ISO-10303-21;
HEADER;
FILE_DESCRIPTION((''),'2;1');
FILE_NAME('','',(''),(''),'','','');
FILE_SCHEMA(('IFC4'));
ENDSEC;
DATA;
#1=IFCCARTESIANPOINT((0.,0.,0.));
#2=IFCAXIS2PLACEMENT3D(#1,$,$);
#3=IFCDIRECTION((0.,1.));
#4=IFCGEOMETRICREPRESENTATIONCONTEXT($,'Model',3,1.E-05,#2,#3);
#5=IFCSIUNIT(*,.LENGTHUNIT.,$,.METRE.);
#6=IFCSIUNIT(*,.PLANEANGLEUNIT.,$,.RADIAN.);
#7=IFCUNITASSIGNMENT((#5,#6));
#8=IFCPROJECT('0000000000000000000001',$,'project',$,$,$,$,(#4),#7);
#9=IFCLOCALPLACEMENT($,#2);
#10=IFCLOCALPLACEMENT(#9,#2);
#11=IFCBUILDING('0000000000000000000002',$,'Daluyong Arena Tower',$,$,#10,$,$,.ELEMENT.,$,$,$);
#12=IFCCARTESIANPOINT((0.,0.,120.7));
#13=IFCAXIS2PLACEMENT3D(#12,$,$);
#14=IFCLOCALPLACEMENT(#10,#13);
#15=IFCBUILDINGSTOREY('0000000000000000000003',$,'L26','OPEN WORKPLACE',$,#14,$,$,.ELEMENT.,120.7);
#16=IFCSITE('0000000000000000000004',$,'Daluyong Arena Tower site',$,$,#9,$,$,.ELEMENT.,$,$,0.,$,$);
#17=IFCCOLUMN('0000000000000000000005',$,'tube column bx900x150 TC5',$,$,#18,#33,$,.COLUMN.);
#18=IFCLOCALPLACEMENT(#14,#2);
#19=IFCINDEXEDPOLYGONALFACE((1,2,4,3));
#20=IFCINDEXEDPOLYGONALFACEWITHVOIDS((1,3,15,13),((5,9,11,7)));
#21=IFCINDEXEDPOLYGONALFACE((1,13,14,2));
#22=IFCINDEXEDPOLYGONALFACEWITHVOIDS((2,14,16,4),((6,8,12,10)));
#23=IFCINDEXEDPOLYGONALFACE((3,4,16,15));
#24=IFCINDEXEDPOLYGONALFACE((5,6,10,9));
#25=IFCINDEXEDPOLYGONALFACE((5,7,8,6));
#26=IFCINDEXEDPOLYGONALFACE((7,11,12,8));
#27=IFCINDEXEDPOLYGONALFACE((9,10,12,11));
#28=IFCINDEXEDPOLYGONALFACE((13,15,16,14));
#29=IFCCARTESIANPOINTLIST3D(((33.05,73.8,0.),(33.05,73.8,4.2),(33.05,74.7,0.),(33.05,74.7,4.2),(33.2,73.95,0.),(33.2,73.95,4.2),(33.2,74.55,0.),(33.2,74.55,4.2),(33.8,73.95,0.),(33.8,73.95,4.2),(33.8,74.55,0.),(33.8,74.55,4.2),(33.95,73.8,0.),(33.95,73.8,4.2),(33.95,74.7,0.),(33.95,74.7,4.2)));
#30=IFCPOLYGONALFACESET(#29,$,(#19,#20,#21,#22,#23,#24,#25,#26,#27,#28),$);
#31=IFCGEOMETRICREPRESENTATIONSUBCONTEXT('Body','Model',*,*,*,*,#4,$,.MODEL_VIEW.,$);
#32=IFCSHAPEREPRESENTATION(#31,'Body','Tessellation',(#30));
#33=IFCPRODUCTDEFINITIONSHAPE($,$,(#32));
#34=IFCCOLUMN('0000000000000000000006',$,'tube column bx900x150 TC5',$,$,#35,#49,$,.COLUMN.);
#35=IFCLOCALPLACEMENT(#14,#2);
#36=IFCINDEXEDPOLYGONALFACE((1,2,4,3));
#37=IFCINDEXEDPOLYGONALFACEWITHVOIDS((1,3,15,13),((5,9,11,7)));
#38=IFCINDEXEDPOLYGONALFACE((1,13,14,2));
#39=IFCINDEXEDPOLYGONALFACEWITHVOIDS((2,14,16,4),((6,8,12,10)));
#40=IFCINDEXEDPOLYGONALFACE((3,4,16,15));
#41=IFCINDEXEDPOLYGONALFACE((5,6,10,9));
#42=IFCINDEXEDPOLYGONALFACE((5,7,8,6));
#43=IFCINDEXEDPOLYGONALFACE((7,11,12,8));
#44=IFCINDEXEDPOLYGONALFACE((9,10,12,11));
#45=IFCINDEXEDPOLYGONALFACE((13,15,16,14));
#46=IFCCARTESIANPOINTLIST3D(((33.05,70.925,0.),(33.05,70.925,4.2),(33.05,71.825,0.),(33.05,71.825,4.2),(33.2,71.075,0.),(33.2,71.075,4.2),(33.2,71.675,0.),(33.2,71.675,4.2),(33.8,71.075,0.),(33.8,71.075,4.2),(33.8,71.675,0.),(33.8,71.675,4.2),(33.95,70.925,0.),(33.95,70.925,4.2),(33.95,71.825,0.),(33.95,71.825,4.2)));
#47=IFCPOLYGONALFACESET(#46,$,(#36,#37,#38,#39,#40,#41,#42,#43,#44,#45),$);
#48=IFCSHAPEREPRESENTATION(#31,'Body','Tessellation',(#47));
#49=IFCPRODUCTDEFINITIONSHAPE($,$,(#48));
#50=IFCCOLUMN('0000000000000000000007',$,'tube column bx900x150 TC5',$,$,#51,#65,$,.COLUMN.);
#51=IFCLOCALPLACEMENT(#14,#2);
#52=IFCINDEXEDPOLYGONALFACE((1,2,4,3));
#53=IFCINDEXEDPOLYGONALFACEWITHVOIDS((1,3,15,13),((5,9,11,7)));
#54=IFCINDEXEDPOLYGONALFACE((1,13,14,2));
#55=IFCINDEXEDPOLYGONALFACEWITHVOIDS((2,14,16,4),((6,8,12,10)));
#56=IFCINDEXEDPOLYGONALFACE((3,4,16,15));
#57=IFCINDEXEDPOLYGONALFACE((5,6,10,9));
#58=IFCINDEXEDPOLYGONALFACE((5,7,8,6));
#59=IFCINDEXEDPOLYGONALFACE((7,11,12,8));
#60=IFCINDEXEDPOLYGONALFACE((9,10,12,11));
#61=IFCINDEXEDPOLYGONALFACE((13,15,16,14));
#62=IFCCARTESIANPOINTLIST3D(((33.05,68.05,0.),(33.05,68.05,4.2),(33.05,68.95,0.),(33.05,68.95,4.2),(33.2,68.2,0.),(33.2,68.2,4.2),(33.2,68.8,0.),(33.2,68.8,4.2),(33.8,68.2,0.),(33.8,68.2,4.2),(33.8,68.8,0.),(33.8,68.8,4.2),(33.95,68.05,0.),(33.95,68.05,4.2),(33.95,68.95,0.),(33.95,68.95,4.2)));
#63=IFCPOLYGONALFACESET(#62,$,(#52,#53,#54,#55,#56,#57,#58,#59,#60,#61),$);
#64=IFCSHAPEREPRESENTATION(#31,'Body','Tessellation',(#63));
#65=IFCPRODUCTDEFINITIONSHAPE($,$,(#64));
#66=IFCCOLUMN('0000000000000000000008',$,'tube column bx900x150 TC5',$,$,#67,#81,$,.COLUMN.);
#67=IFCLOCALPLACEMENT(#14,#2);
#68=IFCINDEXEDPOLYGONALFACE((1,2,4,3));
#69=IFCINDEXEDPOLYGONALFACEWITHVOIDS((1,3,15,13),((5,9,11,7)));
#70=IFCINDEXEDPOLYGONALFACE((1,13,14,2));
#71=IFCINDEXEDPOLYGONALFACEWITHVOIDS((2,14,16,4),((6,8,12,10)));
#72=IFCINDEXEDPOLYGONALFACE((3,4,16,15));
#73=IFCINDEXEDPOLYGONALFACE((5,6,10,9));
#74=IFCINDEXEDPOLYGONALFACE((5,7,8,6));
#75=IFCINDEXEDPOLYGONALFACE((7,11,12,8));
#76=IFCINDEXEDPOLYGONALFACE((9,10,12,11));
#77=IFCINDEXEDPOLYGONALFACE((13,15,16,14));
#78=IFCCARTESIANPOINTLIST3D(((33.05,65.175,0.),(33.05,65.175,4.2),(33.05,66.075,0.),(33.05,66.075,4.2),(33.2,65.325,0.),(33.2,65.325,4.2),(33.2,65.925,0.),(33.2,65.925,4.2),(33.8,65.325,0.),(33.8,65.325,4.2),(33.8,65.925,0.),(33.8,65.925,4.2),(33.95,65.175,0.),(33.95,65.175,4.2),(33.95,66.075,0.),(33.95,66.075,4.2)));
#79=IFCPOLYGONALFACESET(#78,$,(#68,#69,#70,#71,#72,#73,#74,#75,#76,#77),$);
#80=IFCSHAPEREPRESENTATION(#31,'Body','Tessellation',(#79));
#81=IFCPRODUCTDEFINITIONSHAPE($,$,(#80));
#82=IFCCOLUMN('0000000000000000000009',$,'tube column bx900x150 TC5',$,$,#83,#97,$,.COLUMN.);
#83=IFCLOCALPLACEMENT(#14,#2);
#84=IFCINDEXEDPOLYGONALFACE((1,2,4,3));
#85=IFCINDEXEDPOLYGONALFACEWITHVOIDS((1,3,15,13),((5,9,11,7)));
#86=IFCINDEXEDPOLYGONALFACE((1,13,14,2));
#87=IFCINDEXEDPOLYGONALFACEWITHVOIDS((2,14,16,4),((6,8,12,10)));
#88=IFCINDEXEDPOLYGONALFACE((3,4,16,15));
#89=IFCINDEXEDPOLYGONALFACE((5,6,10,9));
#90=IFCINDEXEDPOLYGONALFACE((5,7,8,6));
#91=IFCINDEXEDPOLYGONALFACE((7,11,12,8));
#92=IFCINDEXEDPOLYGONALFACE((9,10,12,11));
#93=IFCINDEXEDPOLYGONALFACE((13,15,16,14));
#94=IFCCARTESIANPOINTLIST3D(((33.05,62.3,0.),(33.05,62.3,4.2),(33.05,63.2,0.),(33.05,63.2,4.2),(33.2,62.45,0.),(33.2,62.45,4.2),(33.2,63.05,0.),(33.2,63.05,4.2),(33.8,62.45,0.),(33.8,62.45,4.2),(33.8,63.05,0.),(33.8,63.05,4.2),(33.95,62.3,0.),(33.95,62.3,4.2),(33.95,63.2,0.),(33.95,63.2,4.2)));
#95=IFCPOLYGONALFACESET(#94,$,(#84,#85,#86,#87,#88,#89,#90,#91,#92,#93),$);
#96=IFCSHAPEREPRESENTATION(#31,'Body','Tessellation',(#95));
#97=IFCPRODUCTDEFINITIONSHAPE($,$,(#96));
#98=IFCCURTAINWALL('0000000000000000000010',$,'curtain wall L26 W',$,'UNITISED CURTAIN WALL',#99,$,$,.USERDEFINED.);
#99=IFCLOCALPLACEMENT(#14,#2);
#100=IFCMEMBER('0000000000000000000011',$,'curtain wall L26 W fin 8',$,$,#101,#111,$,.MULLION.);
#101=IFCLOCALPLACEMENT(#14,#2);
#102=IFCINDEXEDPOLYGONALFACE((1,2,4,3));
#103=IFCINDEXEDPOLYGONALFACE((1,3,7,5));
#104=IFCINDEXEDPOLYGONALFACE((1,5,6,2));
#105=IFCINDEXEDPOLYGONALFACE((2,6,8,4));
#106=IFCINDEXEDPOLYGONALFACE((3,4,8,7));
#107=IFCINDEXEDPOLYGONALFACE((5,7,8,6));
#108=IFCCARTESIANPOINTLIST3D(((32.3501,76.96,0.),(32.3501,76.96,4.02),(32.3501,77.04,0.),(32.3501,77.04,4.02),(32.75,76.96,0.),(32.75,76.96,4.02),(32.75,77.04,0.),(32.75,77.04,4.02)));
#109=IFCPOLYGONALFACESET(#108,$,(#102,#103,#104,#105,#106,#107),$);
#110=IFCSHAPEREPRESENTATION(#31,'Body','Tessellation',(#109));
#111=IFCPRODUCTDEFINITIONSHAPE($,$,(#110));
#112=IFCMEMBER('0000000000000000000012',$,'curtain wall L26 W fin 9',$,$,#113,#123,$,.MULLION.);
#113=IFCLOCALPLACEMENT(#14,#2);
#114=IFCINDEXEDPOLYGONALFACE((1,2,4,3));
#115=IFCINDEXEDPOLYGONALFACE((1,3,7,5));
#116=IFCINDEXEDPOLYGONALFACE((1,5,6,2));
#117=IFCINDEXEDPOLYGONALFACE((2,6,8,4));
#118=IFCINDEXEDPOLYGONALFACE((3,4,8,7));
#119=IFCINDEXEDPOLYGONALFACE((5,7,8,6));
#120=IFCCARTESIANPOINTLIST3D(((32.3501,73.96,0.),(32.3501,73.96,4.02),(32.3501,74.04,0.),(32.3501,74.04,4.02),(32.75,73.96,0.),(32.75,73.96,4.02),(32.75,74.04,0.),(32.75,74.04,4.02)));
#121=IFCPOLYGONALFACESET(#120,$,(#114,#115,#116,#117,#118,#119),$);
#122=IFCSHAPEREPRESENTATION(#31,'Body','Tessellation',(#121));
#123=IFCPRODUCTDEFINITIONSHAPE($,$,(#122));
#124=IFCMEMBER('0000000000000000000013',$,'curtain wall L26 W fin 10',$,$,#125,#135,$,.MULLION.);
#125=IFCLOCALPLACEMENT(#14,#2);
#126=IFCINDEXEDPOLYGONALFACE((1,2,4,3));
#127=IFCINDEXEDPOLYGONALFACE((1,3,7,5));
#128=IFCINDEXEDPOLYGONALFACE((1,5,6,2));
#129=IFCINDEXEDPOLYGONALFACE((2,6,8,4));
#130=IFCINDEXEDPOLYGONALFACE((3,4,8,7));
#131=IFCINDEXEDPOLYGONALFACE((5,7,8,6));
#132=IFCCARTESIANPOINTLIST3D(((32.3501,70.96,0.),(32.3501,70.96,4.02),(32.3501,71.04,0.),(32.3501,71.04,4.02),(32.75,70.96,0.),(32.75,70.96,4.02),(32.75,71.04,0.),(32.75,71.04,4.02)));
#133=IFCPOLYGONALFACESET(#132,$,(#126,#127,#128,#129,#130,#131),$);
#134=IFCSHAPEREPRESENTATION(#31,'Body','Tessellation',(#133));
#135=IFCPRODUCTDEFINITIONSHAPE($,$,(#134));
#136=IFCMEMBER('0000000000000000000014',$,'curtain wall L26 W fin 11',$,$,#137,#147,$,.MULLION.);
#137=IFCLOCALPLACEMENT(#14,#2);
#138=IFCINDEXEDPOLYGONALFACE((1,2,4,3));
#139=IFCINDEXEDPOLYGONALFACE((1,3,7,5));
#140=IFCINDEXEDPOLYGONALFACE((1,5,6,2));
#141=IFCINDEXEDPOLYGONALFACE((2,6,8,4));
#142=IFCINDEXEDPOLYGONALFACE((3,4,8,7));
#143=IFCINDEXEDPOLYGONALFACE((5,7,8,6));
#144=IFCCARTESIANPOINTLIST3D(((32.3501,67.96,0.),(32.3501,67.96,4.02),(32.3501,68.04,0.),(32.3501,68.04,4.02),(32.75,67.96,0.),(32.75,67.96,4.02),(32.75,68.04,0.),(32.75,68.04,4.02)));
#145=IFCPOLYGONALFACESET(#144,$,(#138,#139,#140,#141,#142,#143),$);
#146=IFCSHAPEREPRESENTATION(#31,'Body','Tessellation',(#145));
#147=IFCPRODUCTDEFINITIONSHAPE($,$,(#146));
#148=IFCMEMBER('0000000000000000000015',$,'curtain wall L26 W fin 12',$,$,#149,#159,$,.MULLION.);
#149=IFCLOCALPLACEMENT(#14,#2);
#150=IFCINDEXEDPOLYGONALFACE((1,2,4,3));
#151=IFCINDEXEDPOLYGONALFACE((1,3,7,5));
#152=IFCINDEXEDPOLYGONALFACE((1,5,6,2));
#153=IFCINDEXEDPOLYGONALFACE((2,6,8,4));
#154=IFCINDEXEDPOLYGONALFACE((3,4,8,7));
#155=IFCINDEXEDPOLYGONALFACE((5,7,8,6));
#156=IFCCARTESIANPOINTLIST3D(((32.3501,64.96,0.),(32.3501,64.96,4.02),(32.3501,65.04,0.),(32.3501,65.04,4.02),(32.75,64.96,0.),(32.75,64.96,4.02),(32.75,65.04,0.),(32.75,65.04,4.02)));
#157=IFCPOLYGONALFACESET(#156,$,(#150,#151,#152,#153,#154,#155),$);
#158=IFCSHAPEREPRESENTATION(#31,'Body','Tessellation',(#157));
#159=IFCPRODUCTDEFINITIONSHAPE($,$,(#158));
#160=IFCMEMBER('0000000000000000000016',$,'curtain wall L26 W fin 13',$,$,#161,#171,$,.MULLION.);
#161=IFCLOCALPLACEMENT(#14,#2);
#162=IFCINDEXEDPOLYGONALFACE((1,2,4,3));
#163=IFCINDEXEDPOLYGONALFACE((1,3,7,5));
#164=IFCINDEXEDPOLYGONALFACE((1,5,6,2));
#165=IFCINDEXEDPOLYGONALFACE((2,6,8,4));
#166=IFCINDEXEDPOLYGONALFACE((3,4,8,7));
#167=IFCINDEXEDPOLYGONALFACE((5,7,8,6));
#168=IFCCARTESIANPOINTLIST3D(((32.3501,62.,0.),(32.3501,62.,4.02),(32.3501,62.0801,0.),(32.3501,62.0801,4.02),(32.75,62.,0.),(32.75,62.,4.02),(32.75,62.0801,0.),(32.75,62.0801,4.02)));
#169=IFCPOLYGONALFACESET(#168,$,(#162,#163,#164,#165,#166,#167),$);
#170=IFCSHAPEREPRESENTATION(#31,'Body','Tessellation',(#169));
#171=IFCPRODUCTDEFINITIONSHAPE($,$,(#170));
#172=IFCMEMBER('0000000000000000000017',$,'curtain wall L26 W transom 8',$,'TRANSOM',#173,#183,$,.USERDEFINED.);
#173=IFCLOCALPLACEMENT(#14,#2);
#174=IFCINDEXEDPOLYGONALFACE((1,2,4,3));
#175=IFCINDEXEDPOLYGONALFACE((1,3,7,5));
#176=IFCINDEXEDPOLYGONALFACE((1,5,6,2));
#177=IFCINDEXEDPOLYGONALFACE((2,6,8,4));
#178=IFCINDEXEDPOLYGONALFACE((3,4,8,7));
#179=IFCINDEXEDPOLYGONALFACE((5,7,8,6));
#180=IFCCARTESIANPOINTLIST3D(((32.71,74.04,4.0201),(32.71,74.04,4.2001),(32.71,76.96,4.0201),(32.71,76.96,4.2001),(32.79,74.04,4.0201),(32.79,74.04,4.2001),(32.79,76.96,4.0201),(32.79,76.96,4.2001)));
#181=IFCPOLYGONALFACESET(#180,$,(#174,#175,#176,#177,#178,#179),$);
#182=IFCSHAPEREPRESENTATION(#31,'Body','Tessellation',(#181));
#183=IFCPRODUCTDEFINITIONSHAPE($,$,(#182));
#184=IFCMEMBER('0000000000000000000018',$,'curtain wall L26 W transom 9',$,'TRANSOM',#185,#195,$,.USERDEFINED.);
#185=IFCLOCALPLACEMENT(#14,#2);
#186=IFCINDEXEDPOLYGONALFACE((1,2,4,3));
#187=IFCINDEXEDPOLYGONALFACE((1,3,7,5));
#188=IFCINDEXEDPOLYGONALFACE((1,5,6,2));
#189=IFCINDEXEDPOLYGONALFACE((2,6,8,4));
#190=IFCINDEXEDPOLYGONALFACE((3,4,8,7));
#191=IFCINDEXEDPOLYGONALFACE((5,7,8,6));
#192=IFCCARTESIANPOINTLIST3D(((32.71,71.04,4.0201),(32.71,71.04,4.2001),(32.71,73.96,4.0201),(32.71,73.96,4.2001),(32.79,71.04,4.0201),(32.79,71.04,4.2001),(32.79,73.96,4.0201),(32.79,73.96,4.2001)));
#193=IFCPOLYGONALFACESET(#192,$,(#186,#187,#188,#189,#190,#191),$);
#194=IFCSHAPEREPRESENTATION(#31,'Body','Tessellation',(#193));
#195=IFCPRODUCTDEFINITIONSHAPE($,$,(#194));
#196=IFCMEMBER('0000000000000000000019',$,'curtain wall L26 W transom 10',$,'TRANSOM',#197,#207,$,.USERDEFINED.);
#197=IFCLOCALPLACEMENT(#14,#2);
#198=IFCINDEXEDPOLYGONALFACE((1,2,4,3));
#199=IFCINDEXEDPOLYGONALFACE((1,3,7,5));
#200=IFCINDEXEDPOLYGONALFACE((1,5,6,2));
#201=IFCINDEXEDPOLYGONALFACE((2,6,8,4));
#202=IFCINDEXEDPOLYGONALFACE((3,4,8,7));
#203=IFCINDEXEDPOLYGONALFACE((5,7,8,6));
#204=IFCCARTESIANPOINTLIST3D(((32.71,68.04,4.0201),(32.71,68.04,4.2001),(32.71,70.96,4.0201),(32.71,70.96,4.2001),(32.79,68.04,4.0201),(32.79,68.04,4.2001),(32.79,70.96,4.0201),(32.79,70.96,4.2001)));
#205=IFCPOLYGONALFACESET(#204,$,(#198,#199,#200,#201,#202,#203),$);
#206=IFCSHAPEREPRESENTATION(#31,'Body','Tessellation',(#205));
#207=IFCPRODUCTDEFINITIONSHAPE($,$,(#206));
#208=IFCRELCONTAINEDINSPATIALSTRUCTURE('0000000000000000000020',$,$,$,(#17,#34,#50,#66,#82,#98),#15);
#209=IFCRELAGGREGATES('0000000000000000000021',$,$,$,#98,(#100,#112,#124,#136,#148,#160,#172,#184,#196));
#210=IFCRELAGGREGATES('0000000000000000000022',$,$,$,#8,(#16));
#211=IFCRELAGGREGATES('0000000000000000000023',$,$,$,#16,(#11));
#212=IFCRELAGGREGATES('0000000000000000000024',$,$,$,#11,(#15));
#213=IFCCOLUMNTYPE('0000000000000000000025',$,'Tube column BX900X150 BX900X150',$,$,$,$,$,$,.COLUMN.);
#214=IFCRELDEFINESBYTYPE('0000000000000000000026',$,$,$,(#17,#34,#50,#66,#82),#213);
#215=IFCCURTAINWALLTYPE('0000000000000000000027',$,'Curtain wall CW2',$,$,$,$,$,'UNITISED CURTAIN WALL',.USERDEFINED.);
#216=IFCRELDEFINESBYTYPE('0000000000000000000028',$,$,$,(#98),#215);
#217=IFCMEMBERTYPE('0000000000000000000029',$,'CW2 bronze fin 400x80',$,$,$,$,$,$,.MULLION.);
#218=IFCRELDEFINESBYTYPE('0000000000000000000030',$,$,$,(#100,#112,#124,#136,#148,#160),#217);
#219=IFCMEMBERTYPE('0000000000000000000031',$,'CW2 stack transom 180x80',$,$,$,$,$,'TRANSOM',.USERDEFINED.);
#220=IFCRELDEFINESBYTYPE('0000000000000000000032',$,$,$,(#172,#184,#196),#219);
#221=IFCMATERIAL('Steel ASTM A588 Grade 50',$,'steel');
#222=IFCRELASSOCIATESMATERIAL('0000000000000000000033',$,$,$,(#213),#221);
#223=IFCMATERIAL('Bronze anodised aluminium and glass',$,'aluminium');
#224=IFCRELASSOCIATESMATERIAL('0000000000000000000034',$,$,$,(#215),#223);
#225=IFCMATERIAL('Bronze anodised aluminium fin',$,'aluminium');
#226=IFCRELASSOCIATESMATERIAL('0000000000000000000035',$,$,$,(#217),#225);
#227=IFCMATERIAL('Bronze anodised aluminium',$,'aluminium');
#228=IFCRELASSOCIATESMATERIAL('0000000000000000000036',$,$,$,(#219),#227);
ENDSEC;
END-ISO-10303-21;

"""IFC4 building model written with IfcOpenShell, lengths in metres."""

from ifc_helpers import new_model, si_unit, direction, frame, origin, origin_2d, place, context, subcontext, project, spatial, rectangle, hollow_rectangle, extrude, material, material_profile, profile_set, type_object, element, aggregate, save


model = new_model("IFC4")

# Units and contexts
model_context = context("Model", 3, precision=1e-05, world=origin(), true_north=direction((0.0, 1.0)))
body_context = subcontext(model_context, "Body", "Model", "MODEL_VIEW")
ifc_project = project(units=[si_unit("LENGTHUNIT", "METRE"), si_unit("PLANEANGLEUNIT", "RADIAN")], contexts=[model_context])

# Site, building, storey
site_placement = place(None, origin())
site = spatial("IfcSite", under=ifc_project, at=site_placement, Name="Daluyong Arena Tower site", CompositionType="ELEMENT", RefElevation=0.0)
building_placement = place(site_placement, origin())
building = spatial("IfcBuilding", under=site, at=building_placement, Name="Daluyong Arena Tower", CompositionType="ELEMENT")
storey_placement = place(building_placement, frame((0.0, 0.0, 120.7)))
storey = spatial("IfcBuildingStorey", under=building, at=storey_placement, Name="L26", Description="OPEN WORKPLACE", CompositionType="ELEMENT", Elevation=120.7)

# Columns
ifc_material_1 = material(Name="Steel ASTM A588 Grade 50", Category="steel")
ifc_material_profile_1 = material_profile(ifc_material_1, hollow_rectangle(XDim=0.8999, YDim=0.8999, WallThickness=0.15, at=origin_2d()))
ifc_profile_set_1 = profile_set([ifc_material_profile_1], Name="Steel ASTM A588 Grade 50")
column_type = type_object("IfcColumnType", Name="Tube column BX900X150 BX900X150", PredefinedType="COLUMN", material=ifc_profile_set_1)
for number, where, z_axis, x_axis, name in (
    (1, (33.5, 74.25, 0.0), (0.0, 0.0, 1.0), (0.0, 1.0, 0.0), "tube column bx900x150 TC5"),
    (2, (33.5, 71.375, 0.0), (0.0, 0.0, 1.0), (0.0, 1.0, 0.0), "tube column bx900x150 TC5"),
    (3, (33.5, 68.5, 0.0), (0.0, 0.0, 1.0), (0.0, 1.0, 0.0), "tube column bx900x150 TC5"),
    (4, (33.5, 65.625, 0.0), (0.0, 0.0, 1.0), (0.0, 1.0, 0.0), "tube column bx900x150 TC5"),
    (5, (33.5, 62.75, 0.0), (0.0, 0.0, 1.0), (1.0, 0.0, 0.0), "tube column bx900x150 TC5"),
):
    element("IfcColumn", number, at=place(storey_placement, frame(where, z_axis=z_axis, x_axis=x_axis)), inside=storey, type_object=column_type, Name=name, PredefinedType="COLUMN", context=body_context, shape_type="SweptSolid", body=[
        extrude(hollow_rectangle(XDim=0.8999, YDim=0.8999, WallThickness=0.15, at=origin_2d()), origin(), (0.0, 0.0, 1.0), 4.2),
    ])

# Curtain wall, members
ifc_material_2 = material(Name="Bronze anodised aluminium and glass", Category="aluminium")
curtain_wall_type_1 = type_object("IfcCurtainWallType", Name="Curtain wall CW2", ElementType="UNITISED CURTAIN WALL", PredefinedType="USERDEFINED", material=ifc_material_2)
curtain_wall_1_placement = place(storey_placement, origin())
curtain_wall_1 = element("IfcCurtainWall", 6, at=curtain_wall_1_placement, inside=storey, type_object=curtain_wall_type_1, Name="curtain wall L26 W", ObjectType="UNITISED CURTAIN WALL", PredefinedType="USERDEFINED")
ifc_material_3 = material(Name="Bronze anodised aluminium fin", Category="aluminium")
ifc_material_profile_2 = material_profile(ifc_material_3, rectangle(XDim=0.3999, YDim=0.0801, at=origin_2d()))
ifc_profile_set_2 = profile_set([ifc_material_profile_2], Name="Bronze anodised aluminium fin")
member_type_1 = type_object("IfcMemberType", Name="CW2 bronze fin 400x80", PredefinedType="MULLION", material=ifc_profile_set_2)
member_1_placement = place(storey_placement, frame((32.55, 77.0, 0.0), z_axis=(0.0, 0.0, 1.0), x_axis=(1.0, 0.0, 0.0)))
member_1 = element("IfcMember", 7, at=member_1_placement, type_object=member_type_1, Name="curtain wall L26 W fin 8", PredefinedType="MULLION", context=body_context, shape_type="SweptSolid", body=[
    extrude(rectangle(XDim=0.3999, YDim=0.0801, at=origin_2d()), origin(), (0.0, 0.0, 1.0), 4.02),
])
member_2_placement = place(storey_placement, frame((32.55, 74.0, 0.0), z_axis=(0.0, 0.0, 1.0), x_axis=(1.0, 0.0, 0.0)))
member_2 = element("IfcMember", 8, at=member_2_placement, type_object=member_type_1, Name="curtain wall L26 W fin 9", PredefinedType="MULLION", context=body_context, shape_type="SweptSolid", body=[
    extrude(rectangle(XDim=0.3999, YDim=0.0801, at=origin_2d()), origin(), (0.0, 0.0, 1.0), 4.02),
])
member_3_placement = place(storey_placement, frame((32.55, 71.0, 0.0), z_axis=(0.0, 0.0, 1.0), x_axis=(1.0, 0.0, 0.0)))
member_3 = element("IfcMember", 9, at=member_3_placement, type_object=member_type_1, Name="curtain wall L26 W fin 10", PredefinedType="MULLION", context=body_context, shape_type="SweptSolid", body=[
    extrude(rectangle(XDim=0.3999, YDim=0.0801, at=origin_2d()), origin(), (0.0, 0.0, 1.0), 4.02),
])
member_4_placement = place(storey_placement, frame((32.55, 68.0, 0.0), z_axis=(0.0, 0.0, 1.0), x_axis=(1.0, 0.0, 0.0)))
member_4 = element("IfcMember", 10, at=member_4_placement, type_object=member_type_1, Name="curtain wall L26 W fin 11", PredefinedType="MULLION", context=body_context, shape_type="SweptSolid", body=[
    extrude(rectangle(XDim=0.3999, YDim=0.0801, at=origin_2d()), origin(), (0.0, 0.0, 1.0), 4.02),
])
member_5_placement = place(storey_placement, frame((32.55, 65.0, 0.0), z_axis=(0.0, 0.0, 1.0), x_axis=(1.0, 0.0, 0.0)))
member_5 = element("IfcMember", 11, at=member_5_placement, type_object=member_type_1, Name="curtain wall L26 W fin 12", PredefinedType="MULLION", context=body_context, shape_type="SweptSolid", body=[
    extrude(rectangle(XDim=0.3999, YDim=0.0801, at=origin_2d()), origin(), (0.0, 0.0, 1.0), 4.02),
])
member_6_placement = place(storey_placement, frame((32.55, 62.04, 0.0), z_axis=(0.0, 0.0, 1.0), x_axis=(1.0, 0.0, 0.0)))
member_6 = element("IfcMember", 12, at=member_6_placement, type_object=member_type_1, Name="curtain wall L26 W fin 13", PredefinedType="MULLION", context=body_context, shape_type="SweptSolid", body=[
    extrude(rectangle(XDim=0.3999, YDim=0.0801, at=origin_2d()), origin(), (0.0, 0.0, 1.0), 4.02),
])
ifc_material_4 = material(Name="Bronze anodised aluminium", Category="aluminium")
ifc_material_profile_3 = material_profile(ifc_material_4, rectangle(XDim=0.0801, YDim=0.1799, at=origin_2d()))
ifc_profile_set_3 = profile_set([ifc_material_profile_3], Name="Bronze anodised aluminium")
member_type_2 = type_object("IfcMemberType", Name="CW2 stack transom 180x80", ElementType="TRANSOM", PredefinedType="USERDEFINED", material=ifc_profile_set_3)
member_7_placement = place(storey_placement, frame((32.75, 76.96, 4.1101), z_axis=(0.0, -1.0, 0.0), x_axis=(1.0, 0.0, 0.0)))
member_7 = element("IfcMember", 13, at=member_7_placement, type_object=member_type_2, Name="curtain wall L26 W transom 8", ObjectType="TRANSOM", PredefinedType="USERDEFINED", context=body_context, shape_type="SweptSolid", body=[
    extrude(rectangle(XDim=0.0801, YDim=0.1799, at=origin_2d()), origin(), (0.0, 0.0, 1.0), 2.9199),
])
member_8_placement = place(storey_placement, frame((32.75, 73.96, 4.1101), z_axis=(0.0, -1.0, 0.0), x_axis=(1.0, 0.0, 0.0)))
member_8 = element("IfcMember", 14, at=member_8_placement, type_object=member_type_2, Name="curtain wall L26 W transom 9", ObjectType="TRANSOM", PredefinedType="USERDEFINED", context=body_context, shape_type="SweptSolid", body=[
    extrude(rectangle(XDim=0.0801, YDim=0.1799, at=origin_2d()), origin(), (0.0, 0.0, 1.0), 2.9199),
])
member_9_placement = place(storey_placement, frame((32.75, 70.96, 4.1101), z_axis=(0.0, -1.0, 0.0), x_axis=(1.0, 0.0, 0.0)))
member_9 = element("IfcMember", 15, at=member_9_placement, type_object=member_type_2, Name="curtain wall L26 W transom 10", ObjectType="TRANSOM", PredefinedType="USERDEFINED", context=body_context, shape_type="SweptSolid", body=[
    extrude(rectangle(XDim=0.0801, YDim=0.1799, at=origin_2d()), origin(), (0.0, 0.0, 1.0), 2.9199),
])

aggregate(curtain_wall_1, [member_1, member_2, member_3, member_4, member_5, member_6, member_7, member_8, member_9])

save(model, "model.ifc")
